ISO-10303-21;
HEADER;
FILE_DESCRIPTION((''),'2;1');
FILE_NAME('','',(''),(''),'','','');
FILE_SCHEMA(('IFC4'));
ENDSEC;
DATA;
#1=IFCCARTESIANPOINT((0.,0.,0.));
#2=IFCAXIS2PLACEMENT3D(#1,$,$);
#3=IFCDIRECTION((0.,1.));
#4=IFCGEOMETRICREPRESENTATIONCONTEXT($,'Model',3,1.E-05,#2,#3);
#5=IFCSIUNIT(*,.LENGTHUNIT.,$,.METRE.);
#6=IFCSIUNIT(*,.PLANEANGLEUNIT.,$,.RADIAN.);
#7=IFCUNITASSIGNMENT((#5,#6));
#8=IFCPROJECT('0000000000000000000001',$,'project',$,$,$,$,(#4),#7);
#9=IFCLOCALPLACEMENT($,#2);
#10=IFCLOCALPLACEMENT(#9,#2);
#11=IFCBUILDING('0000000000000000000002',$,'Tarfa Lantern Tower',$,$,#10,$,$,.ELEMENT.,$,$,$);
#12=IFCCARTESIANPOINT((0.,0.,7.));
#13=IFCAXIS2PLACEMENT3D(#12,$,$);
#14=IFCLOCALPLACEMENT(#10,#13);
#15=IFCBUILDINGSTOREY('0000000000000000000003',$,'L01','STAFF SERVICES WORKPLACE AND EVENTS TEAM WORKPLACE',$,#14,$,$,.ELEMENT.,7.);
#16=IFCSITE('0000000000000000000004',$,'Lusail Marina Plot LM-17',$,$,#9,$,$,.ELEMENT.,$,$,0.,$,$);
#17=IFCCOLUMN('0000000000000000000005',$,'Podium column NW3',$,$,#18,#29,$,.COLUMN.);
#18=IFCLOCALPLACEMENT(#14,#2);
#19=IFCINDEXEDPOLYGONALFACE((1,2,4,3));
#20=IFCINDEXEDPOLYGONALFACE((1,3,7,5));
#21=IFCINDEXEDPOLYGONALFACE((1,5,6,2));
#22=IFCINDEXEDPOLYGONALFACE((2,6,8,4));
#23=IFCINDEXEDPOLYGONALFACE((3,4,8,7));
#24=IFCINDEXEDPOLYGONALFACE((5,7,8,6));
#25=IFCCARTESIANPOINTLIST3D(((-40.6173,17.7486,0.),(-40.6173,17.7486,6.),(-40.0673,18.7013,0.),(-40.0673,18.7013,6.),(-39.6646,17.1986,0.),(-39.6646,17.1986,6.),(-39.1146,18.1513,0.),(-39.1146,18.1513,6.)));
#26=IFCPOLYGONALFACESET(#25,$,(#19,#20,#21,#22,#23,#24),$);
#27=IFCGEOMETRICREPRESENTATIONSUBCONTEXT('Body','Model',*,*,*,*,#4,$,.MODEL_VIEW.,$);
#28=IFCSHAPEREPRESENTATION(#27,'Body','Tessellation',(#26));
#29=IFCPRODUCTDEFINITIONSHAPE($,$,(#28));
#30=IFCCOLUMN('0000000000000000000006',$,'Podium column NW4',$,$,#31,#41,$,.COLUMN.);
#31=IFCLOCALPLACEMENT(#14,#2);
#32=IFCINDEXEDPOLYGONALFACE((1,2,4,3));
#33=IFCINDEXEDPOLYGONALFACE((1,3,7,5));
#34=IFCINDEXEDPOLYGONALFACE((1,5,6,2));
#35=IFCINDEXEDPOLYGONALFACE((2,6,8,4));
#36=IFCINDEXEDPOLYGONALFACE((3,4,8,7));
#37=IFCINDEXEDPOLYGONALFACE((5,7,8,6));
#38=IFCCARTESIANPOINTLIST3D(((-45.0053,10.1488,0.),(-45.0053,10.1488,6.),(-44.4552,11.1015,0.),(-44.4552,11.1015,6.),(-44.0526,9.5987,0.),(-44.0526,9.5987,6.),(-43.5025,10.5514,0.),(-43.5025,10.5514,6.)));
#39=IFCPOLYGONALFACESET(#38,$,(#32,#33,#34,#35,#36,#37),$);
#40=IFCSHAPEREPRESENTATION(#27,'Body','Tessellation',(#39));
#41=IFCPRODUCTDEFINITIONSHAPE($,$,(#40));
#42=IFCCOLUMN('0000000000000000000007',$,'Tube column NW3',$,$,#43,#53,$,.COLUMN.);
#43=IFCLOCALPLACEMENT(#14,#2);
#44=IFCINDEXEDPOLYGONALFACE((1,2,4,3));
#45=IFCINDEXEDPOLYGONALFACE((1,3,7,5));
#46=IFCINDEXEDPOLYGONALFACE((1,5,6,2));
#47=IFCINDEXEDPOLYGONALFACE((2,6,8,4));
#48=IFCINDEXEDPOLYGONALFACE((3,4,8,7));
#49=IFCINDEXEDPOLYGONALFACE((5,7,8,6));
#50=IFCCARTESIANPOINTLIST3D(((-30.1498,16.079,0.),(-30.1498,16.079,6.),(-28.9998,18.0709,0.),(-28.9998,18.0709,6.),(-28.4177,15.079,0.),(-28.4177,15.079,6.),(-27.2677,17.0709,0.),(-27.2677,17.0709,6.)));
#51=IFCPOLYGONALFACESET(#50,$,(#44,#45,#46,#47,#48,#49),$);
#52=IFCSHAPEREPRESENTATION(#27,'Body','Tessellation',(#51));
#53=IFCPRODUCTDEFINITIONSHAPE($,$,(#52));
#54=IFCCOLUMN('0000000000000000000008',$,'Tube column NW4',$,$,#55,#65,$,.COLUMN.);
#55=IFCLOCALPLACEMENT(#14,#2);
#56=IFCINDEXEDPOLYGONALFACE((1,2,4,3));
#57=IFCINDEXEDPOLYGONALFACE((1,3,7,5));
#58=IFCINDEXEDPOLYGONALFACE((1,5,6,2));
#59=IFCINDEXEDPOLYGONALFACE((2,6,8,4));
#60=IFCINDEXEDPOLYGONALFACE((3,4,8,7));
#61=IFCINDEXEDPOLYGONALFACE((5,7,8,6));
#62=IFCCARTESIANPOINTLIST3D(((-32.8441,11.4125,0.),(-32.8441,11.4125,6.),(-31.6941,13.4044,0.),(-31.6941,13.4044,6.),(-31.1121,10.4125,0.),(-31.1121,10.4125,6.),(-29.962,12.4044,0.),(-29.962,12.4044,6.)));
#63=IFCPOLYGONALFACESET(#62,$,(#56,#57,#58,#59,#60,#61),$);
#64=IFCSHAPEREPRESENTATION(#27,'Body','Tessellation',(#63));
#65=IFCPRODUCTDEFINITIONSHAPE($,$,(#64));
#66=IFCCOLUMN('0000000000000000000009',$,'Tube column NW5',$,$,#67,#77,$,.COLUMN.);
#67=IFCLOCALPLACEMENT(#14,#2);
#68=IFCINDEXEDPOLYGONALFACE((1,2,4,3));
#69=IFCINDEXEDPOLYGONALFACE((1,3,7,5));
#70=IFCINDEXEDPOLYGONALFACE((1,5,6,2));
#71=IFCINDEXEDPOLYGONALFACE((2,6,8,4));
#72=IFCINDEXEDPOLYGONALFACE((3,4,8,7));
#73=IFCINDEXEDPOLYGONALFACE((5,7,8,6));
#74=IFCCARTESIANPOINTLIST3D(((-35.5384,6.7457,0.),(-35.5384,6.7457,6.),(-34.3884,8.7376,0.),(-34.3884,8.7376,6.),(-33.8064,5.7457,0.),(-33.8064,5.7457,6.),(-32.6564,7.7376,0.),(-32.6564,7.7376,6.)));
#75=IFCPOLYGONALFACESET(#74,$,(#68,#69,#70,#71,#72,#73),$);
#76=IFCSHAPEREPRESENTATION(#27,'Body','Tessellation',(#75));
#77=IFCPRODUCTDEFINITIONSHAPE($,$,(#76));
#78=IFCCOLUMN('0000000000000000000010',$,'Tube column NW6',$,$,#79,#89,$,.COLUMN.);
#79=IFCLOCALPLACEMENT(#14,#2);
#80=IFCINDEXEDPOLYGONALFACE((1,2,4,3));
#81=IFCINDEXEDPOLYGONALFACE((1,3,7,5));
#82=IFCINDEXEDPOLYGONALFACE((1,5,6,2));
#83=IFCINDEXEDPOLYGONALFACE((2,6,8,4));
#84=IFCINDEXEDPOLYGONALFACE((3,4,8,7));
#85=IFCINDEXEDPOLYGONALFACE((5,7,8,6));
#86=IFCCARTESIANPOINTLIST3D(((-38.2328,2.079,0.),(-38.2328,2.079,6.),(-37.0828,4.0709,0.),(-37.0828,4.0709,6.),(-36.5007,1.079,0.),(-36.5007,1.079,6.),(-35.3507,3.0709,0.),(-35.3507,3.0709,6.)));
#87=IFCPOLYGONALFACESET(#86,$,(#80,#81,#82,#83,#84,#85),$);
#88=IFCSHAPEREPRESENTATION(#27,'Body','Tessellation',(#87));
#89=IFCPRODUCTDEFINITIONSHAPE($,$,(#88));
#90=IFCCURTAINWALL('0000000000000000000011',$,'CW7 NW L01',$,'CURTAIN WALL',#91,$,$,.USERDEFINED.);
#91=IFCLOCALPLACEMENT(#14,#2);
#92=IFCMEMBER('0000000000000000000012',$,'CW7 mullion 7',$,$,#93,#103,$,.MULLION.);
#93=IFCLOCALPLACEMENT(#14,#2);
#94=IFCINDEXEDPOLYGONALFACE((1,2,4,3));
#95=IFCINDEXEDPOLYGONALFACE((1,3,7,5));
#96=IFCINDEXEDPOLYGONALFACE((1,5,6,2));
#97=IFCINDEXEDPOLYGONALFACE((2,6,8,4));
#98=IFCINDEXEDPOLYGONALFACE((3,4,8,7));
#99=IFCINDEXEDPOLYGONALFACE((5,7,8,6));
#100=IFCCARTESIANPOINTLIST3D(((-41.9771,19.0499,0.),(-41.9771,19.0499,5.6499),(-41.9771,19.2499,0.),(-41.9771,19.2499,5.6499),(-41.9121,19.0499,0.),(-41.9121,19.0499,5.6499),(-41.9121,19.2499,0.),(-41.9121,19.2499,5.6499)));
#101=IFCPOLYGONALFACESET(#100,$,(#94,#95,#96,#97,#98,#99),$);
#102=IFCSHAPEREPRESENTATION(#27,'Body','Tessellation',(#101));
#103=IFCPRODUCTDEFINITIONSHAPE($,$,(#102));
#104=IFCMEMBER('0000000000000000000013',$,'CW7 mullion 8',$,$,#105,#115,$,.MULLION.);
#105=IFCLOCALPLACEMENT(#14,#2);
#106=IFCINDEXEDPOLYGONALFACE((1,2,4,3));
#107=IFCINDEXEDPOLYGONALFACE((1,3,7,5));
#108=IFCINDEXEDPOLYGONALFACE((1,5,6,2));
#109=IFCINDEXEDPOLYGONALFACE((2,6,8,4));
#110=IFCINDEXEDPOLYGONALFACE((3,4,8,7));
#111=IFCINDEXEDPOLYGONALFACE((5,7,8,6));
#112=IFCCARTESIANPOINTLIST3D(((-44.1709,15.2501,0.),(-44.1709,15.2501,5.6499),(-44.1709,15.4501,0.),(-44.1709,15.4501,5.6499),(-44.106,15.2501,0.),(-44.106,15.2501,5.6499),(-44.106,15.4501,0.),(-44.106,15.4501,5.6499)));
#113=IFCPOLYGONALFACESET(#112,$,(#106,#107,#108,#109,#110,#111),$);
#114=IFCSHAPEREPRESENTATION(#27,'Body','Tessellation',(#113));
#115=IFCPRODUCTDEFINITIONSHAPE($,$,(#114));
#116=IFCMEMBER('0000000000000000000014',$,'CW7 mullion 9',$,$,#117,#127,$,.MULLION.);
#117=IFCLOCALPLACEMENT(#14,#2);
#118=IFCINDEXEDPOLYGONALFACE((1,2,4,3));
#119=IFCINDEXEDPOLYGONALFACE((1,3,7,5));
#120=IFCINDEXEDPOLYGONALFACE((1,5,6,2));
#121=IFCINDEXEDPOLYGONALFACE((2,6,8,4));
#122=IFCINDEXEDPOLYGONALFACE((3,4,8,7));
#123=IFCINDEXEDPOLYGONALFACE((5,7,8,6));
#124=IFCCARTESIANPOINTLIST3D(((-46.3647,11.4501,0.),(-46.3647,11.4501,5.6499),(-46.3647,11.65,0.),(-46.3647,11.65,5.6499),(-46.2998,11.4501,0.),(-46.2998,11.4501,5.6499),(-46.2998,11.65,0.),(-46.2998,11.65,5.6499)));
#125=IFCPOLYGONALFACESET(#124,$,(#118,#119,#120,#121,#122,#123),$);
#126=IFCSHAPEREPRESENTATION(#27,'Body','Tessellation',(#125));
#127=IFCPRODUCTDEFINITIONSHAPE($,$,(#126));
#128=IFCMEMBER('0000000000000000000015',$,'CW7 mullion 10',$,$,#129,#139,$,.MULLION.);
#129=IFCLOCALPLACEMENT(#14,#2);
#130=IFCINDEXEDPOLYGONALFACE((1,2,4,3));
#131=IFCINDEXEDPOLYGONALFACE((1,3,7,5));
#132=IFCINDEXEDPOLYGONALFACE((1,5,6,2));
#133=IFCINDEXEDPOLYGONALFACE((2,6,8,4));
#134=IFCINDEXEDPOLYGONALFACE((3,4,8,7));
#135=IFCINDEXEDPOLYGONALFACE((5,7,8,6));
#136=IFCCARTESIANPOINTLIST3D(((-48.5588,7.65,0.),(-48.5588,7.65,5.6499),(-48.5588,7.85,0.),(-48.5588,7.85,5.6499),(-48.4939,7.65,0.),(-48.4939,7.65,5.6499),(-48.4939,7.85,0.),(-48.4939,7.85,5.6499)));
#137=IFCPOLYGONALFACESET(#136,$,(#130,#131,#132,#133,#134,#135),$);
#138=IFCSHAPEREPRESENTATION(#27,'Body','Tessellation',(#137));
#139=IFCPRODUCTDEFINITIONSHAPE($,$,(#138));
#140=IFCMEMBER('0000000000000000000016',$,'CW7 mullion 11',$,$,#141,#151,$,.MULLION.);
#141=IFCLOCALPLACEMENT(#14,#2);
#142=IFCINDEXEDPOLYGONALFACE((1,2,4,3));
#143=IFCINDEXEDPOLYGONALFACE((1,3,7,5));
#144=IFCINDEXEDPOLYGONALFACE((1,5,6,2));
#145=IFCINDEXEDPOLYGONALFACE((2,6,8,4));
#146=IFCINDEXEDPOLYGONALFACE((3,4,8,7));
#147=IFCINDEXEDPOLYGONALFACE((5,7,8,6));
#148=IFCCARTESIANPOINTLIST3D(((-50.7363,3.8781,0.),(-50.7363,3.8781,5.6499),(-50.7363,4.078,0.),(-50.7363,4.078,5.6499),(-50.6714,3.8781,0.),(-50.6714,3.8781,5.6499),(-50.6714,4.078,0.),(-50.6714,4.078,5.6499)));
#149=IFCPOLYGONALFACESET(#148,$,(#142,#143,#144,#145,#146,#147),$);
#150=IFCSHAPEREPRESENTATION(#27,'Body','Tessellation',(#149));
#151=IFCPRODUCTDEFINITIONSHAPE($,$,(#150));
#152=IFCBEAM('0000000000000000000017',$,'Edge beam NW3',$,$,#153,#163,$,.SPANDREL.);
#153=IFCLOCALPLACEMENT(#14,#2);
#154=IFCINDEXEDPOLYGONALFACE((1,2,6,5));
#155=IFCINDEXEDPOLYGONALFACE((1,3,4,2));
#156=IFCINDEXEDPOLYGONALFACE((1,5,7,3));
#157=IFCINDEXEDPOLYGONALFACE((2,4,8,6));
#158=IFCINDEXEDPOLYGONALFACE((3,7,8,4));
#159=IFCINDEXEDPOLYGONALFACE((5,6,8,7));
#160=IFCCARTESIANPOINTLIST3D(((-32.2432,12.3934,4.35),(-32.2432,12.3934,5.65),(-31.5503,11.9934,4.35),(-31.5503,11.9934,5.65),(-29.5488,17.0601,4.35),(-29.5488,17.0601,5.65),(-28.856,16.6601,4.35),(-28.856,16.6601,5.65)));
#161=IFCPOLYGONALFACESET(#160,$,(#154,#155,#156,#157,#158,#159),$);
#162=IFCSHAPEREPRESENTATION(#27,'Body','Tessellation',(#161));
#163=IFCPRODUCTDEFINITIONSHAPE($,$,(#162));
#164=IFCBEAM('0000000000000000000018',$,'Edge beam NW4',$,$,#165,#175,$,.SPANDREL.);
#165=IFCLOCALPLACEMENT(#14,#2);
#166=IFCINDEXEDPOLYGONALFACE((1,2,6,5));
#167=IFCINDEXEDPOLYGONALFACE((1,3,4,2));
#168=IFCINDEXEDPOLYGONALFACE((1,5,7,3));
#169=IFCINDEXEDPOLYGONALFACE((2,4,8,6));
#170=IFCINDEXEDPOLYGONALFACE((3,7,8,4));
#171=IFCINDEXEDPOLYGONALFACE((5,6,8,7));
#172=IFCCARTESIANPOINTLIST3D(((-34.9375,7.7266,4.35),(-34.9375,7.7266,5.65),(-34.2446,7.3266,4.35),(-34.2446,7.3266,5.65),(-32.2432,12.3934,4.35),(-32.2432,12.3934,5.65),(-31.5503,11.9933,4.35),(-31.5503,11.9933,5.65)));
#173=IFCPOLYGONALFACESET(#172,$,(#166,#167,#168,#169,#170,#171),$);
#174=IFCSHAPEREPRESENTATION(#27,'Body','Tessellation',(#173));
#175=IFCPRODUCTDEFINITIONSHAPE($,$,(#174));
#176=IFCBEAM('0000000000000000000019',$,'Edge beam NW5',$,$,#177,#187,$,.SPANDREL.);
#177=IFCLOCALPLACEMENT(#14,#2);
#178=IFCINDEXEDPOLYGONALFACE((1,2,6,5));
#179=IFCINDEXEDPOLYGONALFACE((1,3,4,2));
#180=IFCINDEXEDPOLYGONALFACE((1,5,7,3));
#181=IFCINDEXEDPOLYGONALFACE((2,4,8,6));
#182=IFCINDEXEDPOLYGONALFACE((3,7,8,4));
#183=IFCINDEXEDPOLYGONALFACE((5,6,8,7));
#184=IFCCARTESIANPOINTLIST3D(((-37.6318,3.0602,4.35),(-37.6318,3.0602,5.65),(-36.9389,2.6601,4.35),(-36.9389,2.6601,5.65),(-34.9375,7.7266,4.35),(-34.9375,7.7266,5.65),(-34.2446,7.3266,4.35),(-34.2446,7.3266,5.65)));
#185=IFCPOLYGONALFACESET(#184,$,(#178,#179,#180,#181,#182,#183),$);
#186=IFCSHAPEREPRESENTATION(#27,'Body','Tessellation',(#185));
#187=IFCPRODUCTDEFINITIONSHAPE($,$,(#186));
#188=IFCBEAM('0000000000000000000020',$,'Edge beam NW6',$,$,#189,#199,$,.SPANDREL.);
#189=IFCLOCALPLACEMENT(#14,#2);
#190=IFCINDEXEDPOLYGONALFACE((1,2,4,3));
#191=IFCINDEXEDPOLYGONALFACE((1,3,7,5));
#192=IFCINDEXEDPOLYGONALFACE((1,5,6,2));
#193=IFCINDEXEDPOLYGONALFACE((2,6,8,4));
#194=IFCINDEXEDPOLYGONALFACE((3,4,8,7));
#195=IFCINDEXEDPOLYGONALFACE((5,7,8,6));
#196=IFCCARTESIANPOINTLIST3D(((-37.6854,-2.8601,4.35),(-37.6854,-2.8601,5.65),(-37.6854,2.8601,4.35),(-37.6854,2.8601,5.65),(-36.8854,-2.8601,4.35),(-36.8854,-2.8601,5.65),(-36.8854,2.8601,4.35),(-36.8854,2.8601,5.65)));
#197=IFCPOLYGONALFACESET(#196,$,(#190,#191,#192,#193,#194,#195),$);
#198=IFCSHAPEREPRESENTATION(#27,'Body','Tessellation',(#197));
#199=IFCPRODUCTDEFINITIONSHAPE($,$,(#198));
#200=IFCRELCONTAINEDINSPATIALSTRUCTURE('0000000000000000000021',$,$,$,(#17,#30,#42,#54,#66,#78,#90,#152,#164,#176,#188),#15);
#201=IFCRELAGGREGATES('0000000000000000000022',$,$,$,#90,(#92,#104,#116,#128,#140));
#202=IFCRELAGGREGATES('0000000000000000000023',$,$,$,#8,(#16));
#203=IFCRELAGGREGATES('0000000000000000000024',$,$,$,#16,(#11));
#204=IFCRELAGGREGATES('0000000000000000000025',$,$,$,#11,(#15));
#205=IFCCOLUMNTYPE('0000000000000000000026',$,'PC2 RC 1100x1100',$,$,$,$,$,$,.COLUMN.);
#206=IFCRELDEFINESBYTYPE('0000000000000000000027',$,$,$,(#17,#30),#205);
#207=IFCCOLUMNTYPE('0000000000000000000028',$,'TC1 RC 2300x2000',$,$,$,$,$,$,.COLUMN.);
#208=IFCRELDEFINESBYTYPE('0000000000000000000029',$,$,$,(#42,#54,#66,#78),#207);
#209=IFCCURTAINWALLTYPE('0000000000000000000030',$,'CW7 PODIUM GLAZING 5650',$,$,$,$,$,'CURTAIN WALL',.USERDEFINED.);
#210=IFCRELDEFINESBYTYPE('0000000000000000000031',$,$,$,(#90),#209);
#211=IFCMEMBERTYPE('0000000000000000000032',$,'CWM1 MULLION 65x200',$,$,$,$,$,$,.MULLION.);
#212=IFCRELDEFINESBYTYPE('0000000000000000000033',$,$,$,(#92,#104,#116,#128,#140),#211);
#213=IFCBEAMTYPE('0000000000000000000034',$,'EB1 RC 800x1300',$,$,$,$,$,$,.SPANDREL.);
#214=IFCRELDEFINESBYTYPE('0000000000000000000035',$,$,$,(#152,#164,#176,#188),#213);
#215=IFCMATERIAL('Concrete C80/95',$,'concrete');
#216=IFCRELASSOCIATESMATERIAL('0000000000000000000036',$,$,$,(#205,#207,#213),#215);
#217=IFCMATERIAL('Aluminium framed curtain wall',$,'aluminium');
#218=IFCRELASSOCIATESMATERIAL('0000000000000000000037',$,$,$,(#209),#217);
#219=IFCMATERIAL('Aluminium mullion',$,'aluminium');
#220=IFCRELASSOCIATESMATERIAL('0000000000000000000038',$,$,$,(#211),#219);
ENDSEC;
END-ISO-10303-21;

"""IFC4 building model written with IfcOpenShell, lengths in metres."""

from ifc_helpers import new_model, si_unit, direction, frame, origin, origin_2d, place, context, subcontext, project, spatial, rectangle, extrude, material, material_profile, profile_set, type_object, element, aggregate, save


model = new_model("IFC4")

# Units and contexts
model_context = context("Model", 3, precision=1e-05, world=origin(), true_north=direction((0.0, 1.0)))
body_context = subcontext(model_context, "Body", "Model", "MODEL_VIEW")
ifc_project = project(units=[si_unit("LENGTHUNIT", "METRE"), si_unit("PLANEANGLEUNIT", "RADIAN")], contexts=[model_context])

# Site, building, storey
site_placement = place(None, origin())
site = spatial("IfcSite", under=ifc_project, at=site_placement, Name="Lusail Marina Plot LM-17", CompositionType="ELEMENT", RefElevation=0.0)
building_placement = place(site_placement, origin())
building = spatial("IfcBuilding", under=site, at=building_placement, Name="Tarfa Lantern Tower", CompositionType="ELEMENT")
storey_placement = place(building_placement, frame((0.0, 0.0, 7.0)))
storey = spatial("IfcBuildingStorey", under=building, at=storey_placement, Name="L01", Description="STAFF SERVICES WORKPLACE AND EVENTS TEAM WORKPLACE", CompositionType="ELEMENT", Elevation=7.0)

# Columns
ifc_material_1 = material(Name="Concrete C80/95", Category="concrete")
ifc_material_profile_1 = material_profile(ifc_material_1, rectangle(XDim=1.1001, YDim=1.1001, at=origin_2d()), Name="RC 1100x1100")
ifc_profile_set_1 = profile_set([ifc_material_profile_1], Name="Concrete C80/95")
column_type_1 = type_object("IfcColumnType", Name="PC2 RC 1100x1100", PredefinedType="COLUMN", material=ifc_profile_set_1)
for number, where, z_axis, x_axis, name in (
    (1, (-39.866, 17.95, 0.0), (0.0, 0.0, 1.0), (-0.5, -0.866025, 0.0), "Podium column NW3"),
    (2, (-44.2539, 10.3501, 0.0), (0.0, 0.0, 1.0), (-0.5, -0.866025, 0.0), "Podium column NW4"),
):
    element("IfcColumn", number, at=place(storey_placement, frame(where, z_axis=z_axis, x_axis=x_axis)), inside=storey, type_object=column_type_1, Name=name, PredefinedType="COLUMN", context=body_context, shape_type="SweptSolid", body=[
        extrude(rectangle(XDim=1.1001, YDim=1.1001, at=origin_2d()), origin(), (0.0, 0.0, 1.0), 6.0),
    ])
ifc_material_profile_2 = material_profile(ifc_material_1, rectangle(XDim=2.3, YDim=2.0, at=origin_2d()), Name="RC 2300x2000")
ifc_profile_set_2 = profile_set([ifc_material_profile_2], Name="Concrete C80/95")
column_type_2 = type_object("IfcColumnType", Name="TC1 RC 2300x2000", PredefinedType="COLUMN", material=ifc_profile_set_2)
for number, where, z_axis, x_axis, name in (
    (3, (-28.7087, 16.575, 0.0), (0.0, 0.0, 1.0), (-0.5, -0.866025, 0.0), "Tube column NW3"),
    (4, (-31.4031, 11.9084, 0.0), (0.0, 0.0, 1.0), (-0.5, -0.866025, 0.0), "Tube column NW4"),
    (5, (-34.0974, 7.2417, 0.0), (0.0, 0.0, 1.0), (-0.5, -0.866025, 0.0), "Tube column NW5"),
    (6, (-36.7917, 2.575, 0.0), (0.0, 0.0, 1.0), (-0.5, -0.866025, 0.0), "Tube column NW6"),
):
    element("IfcColumn", number, at=place(storey_placement, frame(where, z_axis=z_axis, x_axis=x_axis)), inside=storey, type_object=column_type_2, Name=name, PredefinedType="COLUMN", context=body_context, shape_type="SweptSolid", body=[
        extrude(rectangle(XDim=2.3, YDim=2.0, at=origin_2d()), origin(), (0.0, 0.0, 1.0), 6.0),
    ])

# Curtain wall, members
ifc_material_2 = material(Name="Aluminium framed curtain wall", Category="aluminium")
curtain_wall_type = type_object("IfcCurtainWallType", Name="CW7 PODIUM GLAZING 5650", ElementType="CURTAIN WALL", PredefinedType="USERDEFINED", material=ifc_material_2)
curtain_wall_placement = place(storey_placement, origin())
curtain_wall = element("IfcCurtainWall", 7, at=curtain_wall_placement, inside=storey, type_object=curtain_wall_type, Name="CW7 NW L01", ObjectType="CURTAIN WALL", PredefinedType="USERDEFINED")
ifc_material_3 = material(Name="Aluminium mullion", Category="aluminium")
ifc_material_profile_3 = material_profile(ifc_material_3, rectangle(XDim=0.0649, YDim=0.2, at=origin_2d()), Name="AL MULLION 65x200")
ifc_profile_set_3 = profile_set([ifc_material_profile_3], Name="Aluminium mullion")
member_type = type_object("IfcMemberType", Name="CWM1 MULLION 65x200", PredefinedType="MULLION", material=ifc_profile_set_3)
member_1_placement = place(storey_placement, frame((-41.9446, 19.1499, 0.0), z_axis=(0.0, 0.0, 1.0), x_axis=(1.0, 0.0, 0.0)))
member_1 = element("IfcMember", 8, at=member_1_placement, type_object=member_type, Name="CW7 mullion 7", PredefinedType="MULLION", context=body_context, shape_type="SweptSolid", body=[
    extrude(rectangle(XDim=0.0649, YDim=0.2, at=origin_2d()), origin(), (0.0, 0.0, 1.0), 5.6499),
])
member_2_placement = place(storey_placement, frame((-44.1384, 15.3501, 0.0), z_axis=(0.0, 0.0, 1.0), x_axis=(1.0, 0.0, 0.0)))
member_2 = element("IfcMember", 9, at=member_2_placement, type_object=member_type, Name="CW7 mullion 8", PredefinedType="MULLION", context=body_context, shape_type="SweptSolid", body=[
    extrude(rectangle(XDim=0.0649, YDim=0.2, at=origin_2d()), origin(), (0.0, 0.0, 1.0), 5.6499),
])
member_3_placement = place(storey_placement, frame((-46.3323, 11.55, 0.0), z_axis=(0.0, 0.0, 1.0), x_axis=(1.0, 0.0, 0.0)))
member_3 = element("IfcMember", 10, at=member_3_placement, type_object=member_type, Name="CW7 mullion 9", PredefinedType="MULLION", context=body_context, shape_type="SweptSolid", body=[
    extrude(rectangle(XDim=0.0649, YDim=0.2, at=origin_2d()), origin(), (0.0, 0.0, 1.0), 5.6499),
])
member_4_placement = place(storey_placement, frame((-48.5264, 7.75, 0.0), z_axis=(0.0, 0.0, 1.0), x_axis=(1.0, 0.0, 0.0)))
member_4 = element("IfcMember", 11, at=member_4_placement, type_object=member_type, Name="CW7 mullion 10", PredefinedType="MULLION", context=body_context, shape_type="SweptSolid", body=[
    extrude(rectangle(XDim=0.0649, YDim=0.2, at=origin_2d()), origin(), (0.0, 0.0, 1.0), 5.6499),
])
member_5_placement = place(storey_placement, frame((-50.7039, 3.978, 0.0), z_axis=(0.0, 0.0, 1.0), x_axis=(1.0, 0.0, 0.0)))
member_5 = element("IfcMember", 12, at=member_5_placement, type_object=member_type, Name="CW7 mullion 11", PredefinedType="MULLION", context=body_context, shape_type="SweptSolid", body=[
    extrude(rectangle(XDim=0.0649, YDim=0.2, at=origin_2d()), origin(), (0.0, 0.0, 1.0), 5.6499),
])

# Beams
ifc_material_profile_4 = material_profile(ifc_material_1, rectangle(XDim=0.8, YDim=1.3, at=origin_2d()), Name="RC 800x1300")
ifc_profile_set_4 = profile_set([ifc_material_profile_4], Name="Concrete C80/95")
beam_type_1 = type_object("IfcBeamType", Name="EB1 RC 800x1300", PredefinedType="SPANDREL", material=ifc_profile_set_4)
for number, where, z_axis, x_axis, name in (
    (13, (-29.2024, 16.8601, 5.0), (-0.499998, -0.866026, 0.0), (0.866026, -0.499998, 0.0), "Edge beam NW3"),
    (14, (-31.8967, 12.1934, 5.0), (-0.499998, -0.866026, 0.0), (0.866026, -0.499998, 0.0), "Edge beam NW4"),
):
    element("IfcBeam", number, at=place(storey_placement, frame(where, z_axis=z_axis, x_axis=x_axis)), inside=storey, type_object=beam_type_1, Name=name, PredefinedType="SPANDREL", context=body_context, shape_type="SweptSolid", body=[
        extrude(rectangle(XDim=0.8, YDim=1.3, at=origin_2d()), origin(), (0.0, 0.0, 1.0), 5.3887),
    ])
beam_1_placement = place(storey_placement, frame((-34.5911, 7.5266, 5.0), z_axis=(-0.500018, -0.866015, 0.0), x_axis=(0.866015, -0.500018, 0.0)))
element("IfcBeam", 15, at=beam_1_placement, inside=storey, type_object=beam_type_1, Name="Edge beam NW5", PredefinedType="SPANDREL", context=body_context, shape_type="SweptSolid", body=[
    extrude(rectangle(XDim=0.8, YDim=1.3, at=origin_2d()), origin(), (0.0, 0.0, 1.0), 5.3884),
])
beam_2_placement = place(storey_placement, frame((-37.2854, 2.8601, 5.0), z_axis=(0.0, -1.0, 0.0), x_axis=(1.0, 0.0, 0.0)))
element("IfcBeam", 16, at=beam_2_placement, inside=storey, type_object=beam_type_1, Name="Edge beam NW6", PredefinedType="SPANDREL", context=body_context, shape_type="SweptSolid", body=[
    extrude(rectangle(XDim=0.8, YDim=1.3, at=origin_2d()), origin(), (0.0, 0.0, 1.0), 5.7202),
])

aggregate(curtain_wall, [member_1, member_2, member_3, member_4, member_5])

save(model, "model.ifc")
